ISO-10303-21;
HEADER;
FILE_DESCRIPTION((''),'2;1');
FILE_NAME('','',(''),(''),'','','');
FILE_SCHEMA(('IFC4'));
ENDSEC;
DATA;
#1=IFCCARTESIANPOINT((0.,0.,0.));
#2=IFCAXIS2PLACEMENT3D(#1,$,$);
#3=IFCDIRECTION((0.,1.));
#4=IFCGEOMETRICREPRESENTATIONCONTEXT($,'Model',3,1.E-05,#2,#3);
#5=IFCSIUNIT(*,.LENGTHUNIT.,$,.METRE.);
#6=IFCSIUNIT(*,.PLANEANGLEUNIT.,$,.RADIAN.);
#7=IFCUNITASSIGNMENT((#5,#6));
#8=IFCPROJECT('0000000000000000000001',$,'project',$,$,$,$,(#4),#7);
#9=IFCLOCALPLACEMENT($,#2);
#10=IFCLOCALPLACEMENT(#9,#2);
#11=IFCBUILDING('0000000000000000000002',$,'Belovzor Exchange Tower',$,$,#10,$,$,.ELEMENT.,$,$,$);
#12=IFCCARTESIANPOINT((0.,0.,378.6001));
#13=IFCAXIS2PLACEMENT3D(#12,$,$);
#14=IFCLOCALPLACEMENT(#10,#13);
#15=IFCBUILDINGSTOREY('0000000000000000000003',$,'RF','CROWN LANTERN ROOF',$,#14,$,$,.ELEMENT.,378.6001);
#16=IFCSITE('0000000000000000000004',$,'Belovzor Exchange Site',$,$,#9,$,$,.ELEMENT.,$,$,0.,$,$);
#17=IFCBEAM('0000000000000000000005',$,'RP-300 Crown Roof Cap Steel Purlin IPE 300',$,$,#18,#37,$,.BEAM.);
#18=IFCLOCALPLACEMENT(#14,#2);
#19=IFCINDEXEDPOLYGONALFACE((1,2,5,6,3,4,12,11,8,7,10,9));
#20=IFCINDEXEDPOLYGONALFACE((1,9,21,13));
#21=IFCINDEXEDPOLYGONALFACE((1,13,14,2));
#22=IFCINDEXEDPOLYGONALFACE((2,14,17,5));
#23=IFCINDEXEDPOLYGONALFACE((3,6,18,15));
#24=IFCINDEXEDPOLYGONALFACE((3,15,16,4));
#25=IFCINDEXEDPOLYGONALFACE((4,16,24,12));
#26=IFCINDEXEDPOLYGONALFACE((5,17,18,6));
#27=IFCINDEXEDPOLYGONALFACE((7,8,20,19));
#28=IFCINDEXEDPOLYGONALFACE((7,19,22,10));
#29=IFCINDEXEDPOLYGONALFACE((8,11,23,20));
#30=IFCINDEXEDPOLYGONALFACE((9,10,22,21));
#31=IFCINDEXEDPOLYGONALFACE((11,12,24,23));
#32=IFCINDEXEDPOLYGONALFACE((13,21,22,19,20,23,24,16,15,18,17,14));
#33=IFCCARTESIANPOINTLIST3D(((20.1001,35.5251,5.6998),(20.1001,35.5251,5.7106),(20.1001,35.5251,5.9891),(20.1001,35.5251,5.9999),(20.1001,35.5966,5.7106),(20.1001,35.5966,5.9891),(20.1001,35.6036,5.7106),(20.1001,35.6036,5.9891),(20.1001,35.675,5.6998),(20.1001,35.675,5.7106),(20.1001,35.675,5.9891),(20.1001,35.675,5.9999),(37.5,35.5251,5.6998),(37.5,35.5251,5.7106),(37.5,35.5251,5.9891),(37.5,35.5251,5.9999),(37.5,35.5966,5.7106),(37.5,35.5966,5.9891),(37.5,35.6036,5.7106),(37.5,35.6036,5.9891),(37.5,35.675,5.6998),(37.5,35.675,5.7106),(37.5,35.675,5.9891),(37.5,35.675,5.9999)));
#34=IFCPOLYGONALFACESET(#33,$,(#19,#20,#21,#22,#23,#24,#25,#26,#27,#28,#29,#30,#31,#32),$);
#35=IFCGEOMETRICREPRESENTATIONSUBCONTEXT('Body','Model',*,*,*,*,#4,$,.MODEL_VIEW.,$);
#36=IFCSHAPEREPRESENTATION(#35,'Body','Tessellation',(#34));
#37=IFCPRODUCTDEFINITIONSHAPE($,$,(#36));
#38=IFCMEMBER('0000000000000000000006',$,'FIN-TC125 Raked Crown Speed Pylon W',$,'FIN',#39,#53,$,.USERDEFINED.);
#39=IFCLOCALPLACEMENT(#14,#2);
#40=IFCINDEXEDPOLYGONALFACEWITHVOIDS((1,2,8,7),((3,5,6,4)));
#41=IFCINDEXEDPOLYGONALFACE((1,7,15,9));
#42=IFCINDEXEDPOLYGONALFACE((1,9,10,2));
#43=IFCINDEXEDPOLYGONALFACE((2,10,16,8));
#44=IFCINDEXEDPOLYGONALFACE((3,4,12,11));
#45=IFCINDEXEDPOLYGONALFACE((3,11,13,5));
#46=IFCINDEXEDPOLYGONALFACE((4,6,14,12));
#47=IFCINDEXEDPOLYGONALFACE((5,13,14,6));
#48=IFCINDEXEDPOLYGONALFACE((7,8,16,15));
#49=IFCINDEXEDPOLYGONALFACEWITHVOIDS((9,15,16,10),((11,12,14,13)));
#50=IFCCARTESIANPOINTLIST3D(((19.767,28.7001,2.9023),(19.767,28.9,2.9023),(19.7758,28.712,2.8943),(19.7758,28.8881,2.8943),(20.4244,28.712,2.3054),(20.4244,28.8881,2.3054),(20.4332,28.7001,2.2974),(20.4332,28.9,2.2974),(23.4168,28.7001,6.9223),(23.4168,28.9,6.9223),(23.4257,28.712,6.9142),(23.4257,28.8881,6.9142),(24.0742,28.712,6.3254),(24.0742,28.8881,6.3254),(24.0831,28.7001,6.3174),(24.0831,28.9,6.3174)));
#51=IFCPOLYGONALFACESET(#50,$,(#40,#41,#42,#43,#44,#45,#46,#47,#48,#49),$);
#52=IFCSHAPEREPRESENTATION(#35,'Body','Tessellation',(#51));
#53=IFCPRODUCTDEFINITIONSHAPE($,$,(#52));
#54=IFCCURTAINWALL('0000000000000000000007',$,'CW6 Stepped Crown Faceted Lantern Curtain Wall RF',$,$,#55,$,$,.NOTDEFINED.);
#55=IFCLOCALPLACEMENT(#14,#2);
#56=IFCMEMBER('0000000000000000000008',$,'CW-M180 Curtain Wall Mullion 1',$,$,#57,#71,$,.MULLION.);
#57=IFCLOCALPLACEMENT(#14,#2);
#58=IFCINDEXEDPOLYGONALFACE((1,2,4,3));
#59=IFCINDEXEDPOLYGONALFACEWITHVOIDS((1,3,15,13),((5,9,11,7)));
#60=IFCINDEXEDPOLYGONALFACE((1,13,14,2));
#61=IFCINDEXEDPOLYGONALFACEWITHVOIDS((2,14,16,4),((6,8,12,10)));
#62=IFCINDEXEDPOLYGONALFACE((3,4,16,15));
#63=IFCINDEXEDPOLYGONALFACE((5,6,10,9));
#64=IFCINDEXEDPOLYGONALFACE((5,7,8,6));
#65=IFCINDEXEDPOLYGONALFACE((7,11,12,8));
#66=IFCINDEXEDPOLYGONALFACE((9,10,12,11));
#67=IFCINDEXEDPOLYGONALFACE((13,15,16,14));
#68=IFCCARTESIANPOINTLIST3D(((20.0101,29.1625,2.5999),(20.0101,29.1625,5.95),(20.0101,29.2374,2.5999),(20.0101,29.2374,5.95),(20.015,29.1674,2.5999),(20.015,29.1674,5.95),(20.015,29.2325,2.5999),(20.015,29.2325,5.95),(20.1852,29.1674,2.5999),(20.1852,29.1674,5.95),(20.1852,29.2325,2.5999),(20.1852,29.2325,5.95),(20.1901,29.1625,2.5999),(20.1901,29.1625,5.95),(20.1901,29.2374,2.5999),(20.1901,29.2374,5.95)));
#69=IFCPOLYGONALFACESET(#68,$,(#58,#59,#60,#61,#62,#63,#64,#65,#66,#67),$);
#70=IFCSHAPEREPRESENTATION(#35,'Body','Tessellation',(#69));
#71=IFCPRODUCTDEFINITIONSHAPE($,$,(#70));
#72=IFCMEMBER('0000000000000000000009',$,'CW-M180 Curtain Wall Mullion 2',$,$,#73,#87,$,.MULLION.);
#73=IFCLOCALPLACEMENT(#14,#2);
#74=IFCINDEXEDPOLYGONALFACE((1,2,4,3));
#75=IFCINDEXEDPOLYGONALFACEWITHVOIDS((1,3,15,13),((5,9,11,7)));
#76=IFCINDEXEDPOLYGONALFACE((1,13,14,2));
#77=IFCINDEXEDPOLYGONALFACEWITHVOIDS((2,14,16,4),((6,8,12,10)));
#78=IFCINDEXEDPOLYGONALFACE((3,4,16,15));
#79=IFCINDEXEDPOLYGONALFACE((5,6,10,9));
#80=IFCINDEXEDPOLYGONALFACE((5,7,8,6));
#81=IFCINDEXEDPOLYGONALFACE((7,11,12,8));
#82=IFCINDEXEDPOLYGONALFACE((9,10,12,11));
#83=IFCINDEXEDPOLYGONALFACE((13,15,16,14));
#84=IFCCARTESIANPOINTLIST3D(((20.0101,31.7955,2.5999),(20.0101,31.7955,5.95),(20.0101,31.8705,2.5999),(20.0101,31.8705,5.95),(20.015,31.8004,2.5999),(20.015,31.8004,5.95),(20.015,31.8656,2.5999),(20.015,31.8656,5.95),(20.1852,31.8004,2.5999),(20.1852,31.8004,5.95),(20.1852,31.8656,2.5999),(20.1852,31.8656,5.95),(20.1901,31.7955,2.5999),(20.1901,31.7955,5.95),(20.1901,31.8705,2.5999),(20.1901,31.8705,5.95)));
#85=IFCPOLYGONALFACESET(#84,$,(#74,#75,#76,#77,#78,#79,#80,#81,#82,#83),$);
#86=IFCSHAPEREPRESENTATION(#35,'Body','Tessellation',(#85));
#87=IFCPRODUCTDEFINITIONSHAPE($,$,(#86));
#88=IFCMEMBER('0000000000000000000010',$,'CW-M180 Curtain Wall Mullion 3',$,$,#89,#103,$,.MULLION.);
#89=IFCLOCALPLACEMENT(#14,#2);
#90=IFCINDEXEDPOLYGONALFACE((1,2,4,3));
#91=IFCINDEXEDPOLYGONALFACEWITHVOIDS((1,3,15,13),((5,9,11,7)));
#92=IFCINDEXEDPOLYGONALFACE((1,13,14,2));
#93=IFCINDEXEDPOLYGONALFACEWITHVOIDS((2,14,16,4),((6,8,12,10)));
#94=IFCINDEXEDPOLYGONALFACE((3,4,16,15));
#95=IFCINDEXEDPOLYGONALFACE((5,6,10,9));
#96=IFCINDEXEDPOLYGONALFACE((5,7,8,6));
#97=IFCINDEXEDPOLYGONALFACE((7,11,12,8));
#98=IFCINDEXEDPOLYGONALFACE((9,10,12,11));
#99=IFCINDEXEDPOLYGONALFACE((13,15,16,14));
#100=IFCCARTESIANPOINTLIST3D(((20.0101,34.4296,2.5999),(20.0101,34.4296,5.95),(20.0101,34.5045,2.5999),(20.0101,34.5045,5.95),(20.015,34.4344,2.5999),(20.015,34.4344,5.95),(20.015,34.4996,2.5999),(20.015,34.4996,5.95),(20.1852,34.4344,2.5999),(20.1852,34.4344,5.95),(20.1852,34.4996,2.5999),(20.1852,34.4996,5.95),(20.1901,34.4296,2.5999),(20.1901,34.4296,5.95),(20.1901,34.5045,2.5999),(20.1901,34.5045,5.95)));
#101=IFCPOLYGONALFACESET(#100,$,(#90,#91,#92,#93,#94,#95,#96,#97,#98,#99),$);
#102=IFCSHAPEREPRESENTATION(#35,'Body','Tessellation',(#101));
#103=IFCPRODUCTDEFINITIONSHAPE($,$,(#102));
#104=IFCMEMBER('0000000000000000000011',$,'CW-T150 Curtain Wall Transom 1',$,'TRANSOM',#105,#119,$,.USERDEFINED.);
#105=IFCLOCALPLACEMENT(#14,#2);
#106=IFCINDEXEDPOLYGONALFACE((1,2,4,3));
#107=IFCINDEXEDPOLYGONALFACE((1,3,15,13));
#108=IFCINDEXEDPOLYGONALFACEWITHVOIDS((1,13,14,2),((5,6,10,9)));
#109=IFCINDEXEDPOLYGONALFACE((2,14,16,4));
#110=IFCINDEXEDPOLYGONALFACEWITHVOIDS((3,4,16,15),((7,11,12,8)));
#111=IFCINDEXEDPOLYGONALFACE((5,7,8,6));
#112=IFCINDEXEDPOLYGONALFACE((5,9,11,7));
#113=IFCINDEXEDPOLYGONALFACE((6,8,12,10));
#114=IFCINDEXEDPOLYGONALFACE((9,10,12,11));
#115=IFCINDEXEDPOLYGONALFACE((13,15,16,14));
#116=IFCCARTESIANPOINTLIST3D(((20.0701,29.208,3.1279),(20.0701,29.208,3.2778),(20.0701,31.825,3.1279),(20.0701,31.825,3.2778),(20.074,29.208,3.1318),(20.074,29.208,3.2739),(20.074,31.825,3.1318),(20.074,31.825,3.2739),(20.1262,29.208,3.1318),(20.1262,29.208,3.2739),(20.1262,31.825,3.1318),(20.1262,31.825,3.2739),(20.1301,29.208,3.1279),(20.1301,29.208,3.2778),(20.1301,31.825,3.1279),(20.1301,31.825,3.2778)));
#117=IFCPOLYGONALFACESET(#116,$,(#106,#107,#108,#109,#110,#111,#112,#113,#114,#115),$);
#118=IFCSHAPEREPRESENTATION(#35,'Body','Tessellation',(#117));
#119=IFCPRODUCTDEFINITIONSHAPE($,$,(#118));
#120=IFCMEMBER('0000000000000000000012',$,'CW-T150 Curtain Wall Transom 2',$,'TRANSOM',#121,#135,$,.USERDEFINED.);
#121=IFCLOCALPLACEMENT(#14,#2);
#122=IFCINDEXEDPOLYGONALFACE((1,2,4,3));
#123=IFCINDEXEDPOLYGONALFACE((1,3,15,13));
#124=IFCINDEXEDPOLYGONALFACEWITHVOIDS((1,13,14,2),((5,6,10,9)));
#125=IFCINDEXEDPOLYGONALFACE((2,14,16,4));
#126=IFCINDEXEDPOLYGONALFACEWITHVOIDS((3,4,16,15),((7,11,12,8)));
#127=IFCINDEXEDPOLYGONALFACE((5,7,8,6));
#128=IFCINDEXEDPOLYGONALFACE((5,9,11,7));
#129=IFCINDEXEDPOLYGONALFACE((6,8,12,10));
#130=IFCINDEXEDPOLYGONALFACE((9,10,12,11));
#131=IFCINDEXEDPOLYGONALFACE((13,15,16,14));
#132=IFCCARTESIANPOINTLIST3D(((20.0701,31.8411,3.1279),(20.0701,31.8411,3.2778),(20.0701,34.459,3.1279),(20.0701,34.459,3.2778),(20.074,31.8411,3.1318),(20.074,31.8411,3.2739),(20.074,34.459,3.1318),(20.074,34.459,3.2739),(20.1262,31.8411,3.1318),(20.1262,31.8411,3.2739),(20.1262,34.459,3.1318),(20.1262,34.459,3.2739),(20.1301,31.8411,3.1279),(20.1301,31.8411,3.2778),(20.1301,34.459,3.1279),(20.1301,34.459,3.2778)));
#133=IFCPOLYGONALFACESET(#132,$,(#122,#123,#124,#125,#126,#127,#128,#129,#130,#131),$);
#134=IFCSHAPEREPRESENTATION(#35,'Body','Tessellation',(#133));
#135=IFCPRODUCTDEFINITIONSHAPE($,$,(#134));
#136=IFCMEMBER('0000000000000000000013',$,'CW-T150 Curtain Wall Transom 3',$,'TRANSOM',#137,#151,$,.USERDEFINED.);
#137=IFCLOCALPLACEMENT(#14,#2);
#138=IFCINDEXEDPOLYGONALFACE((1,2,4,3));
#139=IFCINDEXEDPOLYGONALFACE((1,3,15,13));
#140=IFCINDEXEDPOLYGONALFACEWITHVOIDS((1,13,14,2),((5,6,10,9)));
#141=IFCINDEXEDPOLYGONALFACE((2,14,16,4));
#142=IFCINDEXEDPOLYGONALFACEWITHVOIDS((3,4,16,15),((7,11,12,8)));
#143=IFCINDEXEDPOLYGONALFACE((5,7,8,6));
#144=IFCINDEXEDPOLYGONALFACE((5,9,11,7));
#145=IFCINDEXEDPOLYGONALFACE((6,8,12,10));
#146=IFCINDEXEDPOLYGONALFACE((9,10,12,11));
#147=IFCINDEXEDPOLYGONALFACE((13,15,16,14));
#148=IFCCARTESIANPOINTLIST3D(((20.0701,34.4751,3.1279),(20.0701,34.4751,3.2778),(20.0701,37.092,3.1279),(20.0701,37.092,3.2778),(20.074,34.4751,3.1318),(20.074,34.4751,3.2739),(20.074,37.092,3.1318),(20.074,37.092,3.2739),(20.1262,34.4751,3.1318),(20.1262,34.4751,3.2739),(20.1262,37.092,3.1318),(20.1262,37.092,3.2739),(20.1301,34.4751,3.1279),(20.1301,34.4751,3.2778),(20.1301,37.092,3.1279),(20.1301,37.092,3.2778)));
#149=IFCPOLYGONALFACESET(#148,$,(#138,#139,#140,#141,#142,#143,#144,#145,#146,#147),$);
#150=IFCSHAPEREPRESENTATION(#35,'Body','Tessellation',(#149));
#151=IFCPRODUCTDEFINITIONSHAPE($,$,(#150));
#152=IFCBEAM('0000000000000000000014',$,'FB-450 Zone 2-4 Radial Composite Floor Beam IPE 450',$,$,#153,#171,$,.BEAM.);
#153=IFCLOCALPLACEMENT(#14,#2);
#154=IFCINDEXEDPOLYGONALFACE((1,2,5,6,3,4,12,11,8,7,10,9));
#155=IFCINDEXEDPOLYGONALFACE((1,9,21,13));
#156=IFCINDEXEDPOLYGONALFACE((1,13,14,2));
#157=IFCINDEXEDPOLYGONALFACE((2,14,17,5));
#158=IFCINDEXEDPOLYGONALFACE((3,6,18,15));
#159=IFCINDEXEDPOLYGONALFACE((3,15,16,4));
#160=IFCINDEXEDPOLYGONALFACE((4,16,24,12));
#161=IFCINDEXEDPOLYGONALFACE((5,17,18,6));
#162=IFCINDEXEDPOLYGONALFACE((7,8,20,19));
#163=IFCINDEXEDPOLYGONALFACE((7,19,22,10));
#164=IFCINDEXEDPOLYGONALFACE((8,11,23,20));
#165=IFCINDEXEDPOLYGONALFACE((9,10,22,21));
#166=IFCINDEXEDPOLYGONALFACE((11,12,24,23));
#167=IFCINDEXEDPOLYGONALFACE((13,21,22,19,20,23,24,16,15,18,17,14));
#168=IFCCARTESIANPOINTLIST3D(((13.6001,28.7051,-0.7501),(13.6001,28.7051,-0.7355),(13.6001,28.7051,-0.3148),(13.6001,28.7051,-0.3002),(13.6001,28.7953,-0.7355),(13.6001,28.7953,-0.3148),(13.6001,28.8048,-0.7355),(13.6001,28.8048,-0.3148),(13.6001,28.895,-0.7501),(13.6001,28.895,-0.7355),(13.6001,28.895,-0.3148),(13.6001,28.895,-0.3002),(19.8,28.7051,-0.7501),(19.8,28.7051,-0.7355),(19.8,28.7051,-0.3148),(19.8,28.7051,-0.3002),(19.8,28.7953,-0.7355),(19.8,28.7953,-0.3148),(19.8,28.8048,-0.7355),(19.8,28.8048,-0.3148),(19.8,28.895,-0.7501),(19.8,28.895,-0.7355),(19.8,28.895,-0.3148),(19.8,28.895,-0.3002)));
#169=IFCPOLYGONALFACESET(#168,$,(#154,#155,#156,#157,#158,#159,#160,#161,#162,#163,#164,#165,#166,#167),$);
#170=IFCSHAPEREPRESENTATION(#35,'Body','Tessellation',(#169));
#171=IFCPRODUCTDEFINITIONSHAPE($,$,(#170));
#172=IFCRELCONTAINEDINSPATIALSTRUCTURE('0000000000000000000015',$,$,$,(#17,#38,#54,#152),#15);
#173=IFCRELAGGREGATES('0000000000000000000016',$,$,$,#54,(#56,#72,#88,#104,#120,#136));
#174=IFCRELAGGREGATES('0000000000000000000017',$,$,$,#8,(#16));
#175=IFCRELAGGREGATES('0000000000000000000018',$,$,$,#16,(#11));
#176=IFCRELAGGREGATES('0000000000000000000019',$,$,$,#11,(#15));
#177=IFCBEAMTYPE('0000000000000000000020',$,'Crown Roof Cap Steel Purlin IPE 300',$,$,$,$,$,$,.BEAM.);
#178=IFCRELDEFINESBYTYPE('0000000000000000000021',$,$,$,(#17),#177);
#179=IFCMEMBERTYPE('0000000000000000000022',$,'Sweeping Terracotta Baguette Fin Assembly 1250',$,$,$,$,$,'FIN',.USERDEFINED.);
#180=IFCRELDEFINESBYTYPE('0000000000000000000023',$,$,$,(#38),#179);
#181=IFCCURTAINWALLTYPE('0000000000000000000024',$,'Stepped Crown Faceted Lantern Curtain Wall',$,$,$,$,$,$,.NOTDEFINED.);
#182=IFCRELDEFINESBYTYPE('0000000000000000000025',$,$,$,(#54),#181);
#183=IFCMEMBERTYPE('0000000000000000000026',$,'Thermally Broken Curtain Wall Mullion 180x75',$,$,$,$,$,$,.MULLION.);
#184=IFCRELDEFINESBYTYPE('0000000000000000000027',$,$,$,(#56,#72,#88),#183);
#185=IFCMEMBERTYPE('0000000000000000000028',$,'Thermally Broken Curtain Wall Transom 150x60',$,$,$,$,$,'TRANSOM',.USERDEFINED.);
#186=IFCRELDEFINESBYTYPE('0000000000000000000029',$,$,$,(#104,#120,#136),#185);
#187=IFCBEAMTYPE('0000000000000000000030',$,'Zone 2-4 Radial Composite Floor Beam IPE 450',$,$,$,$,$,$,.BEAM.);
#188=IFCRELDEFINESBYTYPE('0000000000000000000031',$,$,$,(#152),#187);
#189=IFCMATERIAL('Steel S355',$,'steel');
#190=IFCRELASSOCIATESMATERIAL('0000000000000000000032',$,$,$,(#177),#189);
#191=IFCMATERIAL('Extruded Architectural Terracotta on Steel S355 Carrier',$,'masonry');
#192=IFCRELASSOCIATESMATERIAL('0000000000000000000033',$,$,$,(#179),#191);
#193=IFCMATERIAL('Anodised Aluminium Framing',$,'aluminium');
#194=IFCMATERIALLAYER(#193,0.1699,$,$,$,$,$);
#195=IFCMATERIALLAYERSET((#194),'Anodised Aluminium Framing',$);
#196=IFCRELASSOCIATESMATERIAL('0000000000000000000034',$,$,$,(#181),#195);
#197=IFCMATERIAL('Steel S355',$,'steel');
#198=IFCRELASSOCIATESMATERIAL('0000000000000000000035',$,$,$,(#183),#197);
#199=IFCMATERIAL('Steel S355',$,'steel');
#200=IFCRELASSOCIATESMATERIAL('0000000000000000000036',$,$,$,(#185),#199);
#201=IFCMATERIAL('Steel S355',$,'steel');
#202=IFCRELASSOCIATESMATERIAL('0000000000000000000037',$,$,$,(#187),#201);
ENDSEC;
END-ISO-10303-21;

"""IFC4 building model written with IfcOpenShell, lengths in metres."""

from ifc_helpers import new_model, si_unit, direction, frame, origin, origin_2d, place, context, subcontext, project, spatial, hollow_rectangle, i_section, extrude, material, layer, layer_set, material_profile, profile_set, type_object, element, aggregate, save


model = new_model("IFC4")

# Units and contexts
model_context = context("Model", 3, precision=1e-05, world=origin(), true_north=direction((0.0, 1.0)))
body_context = subcontext(model_context, "Body", "Model", "MODEL_VIEW")
ifc_project = project(units=[si_unit("LENGTHUNIT", "METRE"), si_unit("PLANEANGLEUNIT", "RADIAN")], contexts=[model_context])

# Site, building, storey
site_placement = place(None, origin())
site = spatial("IfcSite", under=ifc_project, at=site_placement, Name="Belovzor Exchange Site", CompositionType="ELEMENT", RefElevation=0.0)
building_placement = place(site_placement, origin())
building = spatial("IfcBuilding", under=site, at=building_placement, Name="Belovzor Exchange Tower", CompositionType="ELEMENT")
storey_placement = place(building_placement, frame((0.0, 0.0, 378.6001)))
storey = spatial("IfcBuildingStorey", under=building, at=storey_placement, Name="RF", Description="CROWN LANTERN ROOF", CompositionType="ELEMENT", Elevation=378.6001)

# Beam
ifc_material_1 = material(Name="Steel S355", Category="steel")
ifc_material_profile_1 = material_profile(ifc_material_1, i_section(OverallWidth=0.1499, OverallDepth=0.3, WebThickness=0.0071, FlangeThickness=0.0107, at=origin_2d()))
ifc_profile_set_1 = profile_set([ifc_material_profile_1], Name="Steel S355")
beam_type_1 = type_object("IfcBeamType", Name="Crown Roof Cap Steel Purlin IPE 300", PredefinedType="BEAM", material=ifc_profile_set_1)
for number, where, z_axis, x_axis, name in (
    (1, (20.1001, 35.6001, 5.8499), (1.0, 0.0, 0.0), (0.0, 1.0, 0.0), "RP-300 Crown Roof Cap Steel Purlin IPE 300"),
):
    element("IfcBeam", number, at=place(storey_placement, frame(where, z_axis=z_axis, x_axis=x_axis)), inside=storey, type_object=beam_type_1, Name=name, PredefinedType="BEAM", context=body_context, shape_type="SweptSolid", body=[
        extrude(i_section(OverallWidth=0.1499, OverallDepth=0.3, WebThickness=0.0071, FlangeThickness=0.0107, at=origin_2d()), origin(), (0.0, 0.0, 1.0), 17.3999),
    ])

# Member
ifc_material_2 = material(Name="Extruded Architectural Terracotta on Steel S355 Carrier", Category="masonry")
ifc_material_profile_2 = material_profile(ifc_material_2, hollow_rectangle(XDim=0.2, YDim=0.8999, WallThickness=0.012, at=origin_2d()))
ifc_profile_set_2 = profile_set([ifc_material_profile_2], Name="Extruded Architectural Terracotta on Steel S355 Carrier")
member_type_1 = type_object("IfcMemberType", Name="Sweeping Terracotta Baguette Fin Assembly 1250", ElementType="FIN", PredefinedType="USERDEFINED", material=ifc_profile_set_2)
member_1_placement = place(storey_placement, frame((20.1001, 28.8, 2.5999), z_axis=(0.672203, 0.0, 0.740367), x_axis=(0.0, 1.0, 0.0)))
element("IfcMember", 2, at=member_1_placement, inside=storey, type_object=member_type_1, Name="FIN-TC125 Raked Crown Speed Pylon W", ObjectType="FIN", PredefinedType="USERDEFINED", context=body_context, shape_type="SweptSolid", body=[
    extrude(hollow_rectangle(XDim=0.2, YDim=0.8999, WallThickness=0.012, at=origin_2d()), origin(), (0.0, 0.0, 1.0), 5.4297),
])

# Curtain wall, members
ifc_material_3 = material(Name="Anodised Aluminium Framing", Category="aluminium")
ifc_layer_1 = layer(ifc_material_3, 0.1699)
ifc_layer_set_1 = layer_set([ifc_layer_1], Name="Anodised Aluminium Framing")
curtain_wall_type = type_object("IfcCurtainWallType", Name="Stepped Crown Faceted Lantern Curtain Wall", PredefinedType="NOTDEFINED", material=ifc_layer_set_1)
curtain_wall_placement = place(storey_placement, origin())
curtain_wall = element("IfcCurtainWall", 3, at=curtain_wall_placement, inside=storey, type_object=curtain_wall_type, Name="CW6 Stepped Crown Faceted Lantern Curtain Wall RF", PredefinedType="NOTDEFINED")
ifc_material_4 = material(Name="Steel S355", Category="steel")
ifc_material_profile_3 = material_profile(ifc_material_4, hollow_rectangle(XDim=0.075, YDim=0.1799, WallThickness=0.0049, at=origin_2d()))
ifc_profile_set_3 = profile_set([ifc_material_profile_3], Name="Steel S355")
member_type_2 = type_object("IfcMemberType", Name="Thermally Broken Curtain Wall Mullion 180x75", PredefinedType="MULLION", material=ifc_profile_set_3)
member_2_placement = place(storey_placement, frame((20.1001, 29.2, 2.5999), z_axis=(0.0, 0.0, 1.0), x_axis=(0.0, 1.0, 0.0)))
member_2 = element("IfcMember", 4, at=member_2_placement, type_object=member_type_2, Name="CW-M180 Curtain Wall Mullion 1", PredefinedType="MULLION", context=body_context, shape_type="SweptSolid", body=[
    extrude(hollow_rectangle(XDim=0.075, YDim=0.1799, WallThickness=0.0049, at=origin_2d()), origin(), (0.0, 0.0, 1.0), 3.3501),
])
member_3_placement = place(storey_placement, frame((20.1001, 31.833, 2.5999), z_axis=(0.0, 0.0, 1.0), x_axis=(0.0, 1.0, 0.0)))
member_3 = element("IfcMember", 5, at=member_3_placement, type_object=member_type_2, Name="CW-M180 Curtain Wall Mullion 2", PredefinedType="MULLION", context=body_context, shape_type="SweptSolid", body=[
    extrude(hollow_rectangle(XDim=0.075, YDim=0.1799, WallThickness=0.0049, at=origin_2d()), origin(), (0.0, 0.0, 1.0), 3.3501),
])
member_4_placement = place(storey_placement, frame((20.1001, 34.467, 2.5999), z_axis=(0.0, 0.0, 1.0), x_axis=(0.0, 1.0, 0.0)))
member_4 = element("IfcMember", 6, at=member_4_placement, type_object=member_type_2, Name="CW-M180 Curtain Wall Mullion 3", PredefinedType="MULLION", context=body_context, shape_type="SweptSolid", body=[
    extrude(hollow_rectangle(XDim=0.075, YDim=0.1799, WallThickness=0.0049, at=origin_2d()), origin(), (0.0, 0.0, 1.0), 3.3501),
])
ifc_material_5 = material(Name="Steel S355", Category="steel")
ifc_material_profile_4 = material_profile(ifc_material_5, hollow_rectangle(XDim=0.0601, YDim=0.1499, WallThickness=0.0039, at=origin_2d()))
ifc_profile_set_4 = profile_set([ifc_material_profile_4], Name="Steel S355")
member_type_3 = type_object("IfcMemberType", Name="Thermally Broken Curtain Wall Transom 150x60", ElementType="TRANSOM", PredefinedType="USERDEFINED", material=ifc_profile_set_4)
member_5_placement = place(storey_placement, frame((20.1001, 29.208, 3.2029), z_axis=(0.0, 1.0, 0.0), x_axis=(-1.0, 0.0, 0.0)))
member_5 = element("IfcMember", 7, at=member_5_placement, type_object=member_type_3, Name="CW-T150 Curtain Wall Transom 1", ObjectType="TRANSOM", PredefinedType="USERDEFINED", context=body_context, shape_type="SweptSolid", body=[
    extrude(hollow_rectangle(XDim=0.0601, YDim=0.1499, WallThickness=0.0039, at=origin_2d()), origin(), (0.0, 0.0, 1.0), 2.6169),
])
member_6_placement = place(storey_placement, frame((20.1001, 31.8411, 3.2029), z_axis=(0.0, 1.0, 0.0), x_axis=(-1.0, 0.0, 0.0)))
member_6 = element("IfcMember", 8, at=member_6_placement, type_object=member_type_3, Name="CW-T150 Curtain Wall Transom 2", ObjectType="TRANSOM", PredefinedType="USERDEFINED", context=body_context, shape_type="SweptSolid", body=[
    extrude(hollow_rectangle(XDim=0.0601, YDim=0.1499, WallThickness=0.0039, at=origin_2d()), origin(), (0.0, 0.0, 1.0), 2.6179),
])
member_7_placement = place(storey_placement, frame((20.1001, 34.4751, 3.2029), z_axis=(0.0, 1.0, 0.0), x_axis=(-1.0, 0.0, 0.0)))
member_7 = element("IfcMember", 9, at=member_7_placement, type_object=member_type_3, Name="CW-T150 Curtain Wall Transom 3", ObjectType="TRANSOM", PredefinedType="USERDEFINED", context=body_context, shape_type="SweptSolid", body=[
    extrude(hollow_rectangle(XDim=0.0601, YDim=0.1499, WallThickness=0.0039, at=origin_2d()), origin(), (0.0, 0.0, 1.0), 2.6169),
])

# Beam
ifc_material_6 = material(Name="Steel S355", Category="steel")
ifc_material_profile_5 = material_profile(ifc_material_6, i_section(OverallWidth=0.1899, OverallDepth=0.45, WebThickness=0.0095, FlangeThickness=0.0146, at=origin_2d()))
ifc_profile_set_5 = profile_set([ifc_material_profile_5], Name="Steel S355")
beam_type_2 = type_object("IfcBeamType", Name="Zone 2-4 Radial Composite Floor Beam IPE 450", PredefinedType="BEAM", material=ifc_profile_set_5)
beam_1_placement = place(storey_placement, frame((19.8, 28.8, -0.5251), z_axis=(-1.0, 0.0, 0.0), x_axis=(0.0, -1.0, 0.0)))
element("IfcBeam", 10, at=beam_1_placement, inside=storey, type_object=beam_type_2, Name="FB-450 Zone 2-4 Radial Composite Floor Beam IPE 450", PredefinedType="BEAM", context=body_context, shape_type="SweptSolid", body=[
    extrude(i_section(OverallWidth=0.1899, OverallDepth=0.45, WebThickness=0.0095, FlangeThickness=0.0146, at=origin_2d()), origin(), (0.0, 0.0, 1.0), 6.2),
])

aggregate(curtain_wall, [member_2, member_3, member_4, member_5, member_6, member_7])

save(model, "model.ifc")
